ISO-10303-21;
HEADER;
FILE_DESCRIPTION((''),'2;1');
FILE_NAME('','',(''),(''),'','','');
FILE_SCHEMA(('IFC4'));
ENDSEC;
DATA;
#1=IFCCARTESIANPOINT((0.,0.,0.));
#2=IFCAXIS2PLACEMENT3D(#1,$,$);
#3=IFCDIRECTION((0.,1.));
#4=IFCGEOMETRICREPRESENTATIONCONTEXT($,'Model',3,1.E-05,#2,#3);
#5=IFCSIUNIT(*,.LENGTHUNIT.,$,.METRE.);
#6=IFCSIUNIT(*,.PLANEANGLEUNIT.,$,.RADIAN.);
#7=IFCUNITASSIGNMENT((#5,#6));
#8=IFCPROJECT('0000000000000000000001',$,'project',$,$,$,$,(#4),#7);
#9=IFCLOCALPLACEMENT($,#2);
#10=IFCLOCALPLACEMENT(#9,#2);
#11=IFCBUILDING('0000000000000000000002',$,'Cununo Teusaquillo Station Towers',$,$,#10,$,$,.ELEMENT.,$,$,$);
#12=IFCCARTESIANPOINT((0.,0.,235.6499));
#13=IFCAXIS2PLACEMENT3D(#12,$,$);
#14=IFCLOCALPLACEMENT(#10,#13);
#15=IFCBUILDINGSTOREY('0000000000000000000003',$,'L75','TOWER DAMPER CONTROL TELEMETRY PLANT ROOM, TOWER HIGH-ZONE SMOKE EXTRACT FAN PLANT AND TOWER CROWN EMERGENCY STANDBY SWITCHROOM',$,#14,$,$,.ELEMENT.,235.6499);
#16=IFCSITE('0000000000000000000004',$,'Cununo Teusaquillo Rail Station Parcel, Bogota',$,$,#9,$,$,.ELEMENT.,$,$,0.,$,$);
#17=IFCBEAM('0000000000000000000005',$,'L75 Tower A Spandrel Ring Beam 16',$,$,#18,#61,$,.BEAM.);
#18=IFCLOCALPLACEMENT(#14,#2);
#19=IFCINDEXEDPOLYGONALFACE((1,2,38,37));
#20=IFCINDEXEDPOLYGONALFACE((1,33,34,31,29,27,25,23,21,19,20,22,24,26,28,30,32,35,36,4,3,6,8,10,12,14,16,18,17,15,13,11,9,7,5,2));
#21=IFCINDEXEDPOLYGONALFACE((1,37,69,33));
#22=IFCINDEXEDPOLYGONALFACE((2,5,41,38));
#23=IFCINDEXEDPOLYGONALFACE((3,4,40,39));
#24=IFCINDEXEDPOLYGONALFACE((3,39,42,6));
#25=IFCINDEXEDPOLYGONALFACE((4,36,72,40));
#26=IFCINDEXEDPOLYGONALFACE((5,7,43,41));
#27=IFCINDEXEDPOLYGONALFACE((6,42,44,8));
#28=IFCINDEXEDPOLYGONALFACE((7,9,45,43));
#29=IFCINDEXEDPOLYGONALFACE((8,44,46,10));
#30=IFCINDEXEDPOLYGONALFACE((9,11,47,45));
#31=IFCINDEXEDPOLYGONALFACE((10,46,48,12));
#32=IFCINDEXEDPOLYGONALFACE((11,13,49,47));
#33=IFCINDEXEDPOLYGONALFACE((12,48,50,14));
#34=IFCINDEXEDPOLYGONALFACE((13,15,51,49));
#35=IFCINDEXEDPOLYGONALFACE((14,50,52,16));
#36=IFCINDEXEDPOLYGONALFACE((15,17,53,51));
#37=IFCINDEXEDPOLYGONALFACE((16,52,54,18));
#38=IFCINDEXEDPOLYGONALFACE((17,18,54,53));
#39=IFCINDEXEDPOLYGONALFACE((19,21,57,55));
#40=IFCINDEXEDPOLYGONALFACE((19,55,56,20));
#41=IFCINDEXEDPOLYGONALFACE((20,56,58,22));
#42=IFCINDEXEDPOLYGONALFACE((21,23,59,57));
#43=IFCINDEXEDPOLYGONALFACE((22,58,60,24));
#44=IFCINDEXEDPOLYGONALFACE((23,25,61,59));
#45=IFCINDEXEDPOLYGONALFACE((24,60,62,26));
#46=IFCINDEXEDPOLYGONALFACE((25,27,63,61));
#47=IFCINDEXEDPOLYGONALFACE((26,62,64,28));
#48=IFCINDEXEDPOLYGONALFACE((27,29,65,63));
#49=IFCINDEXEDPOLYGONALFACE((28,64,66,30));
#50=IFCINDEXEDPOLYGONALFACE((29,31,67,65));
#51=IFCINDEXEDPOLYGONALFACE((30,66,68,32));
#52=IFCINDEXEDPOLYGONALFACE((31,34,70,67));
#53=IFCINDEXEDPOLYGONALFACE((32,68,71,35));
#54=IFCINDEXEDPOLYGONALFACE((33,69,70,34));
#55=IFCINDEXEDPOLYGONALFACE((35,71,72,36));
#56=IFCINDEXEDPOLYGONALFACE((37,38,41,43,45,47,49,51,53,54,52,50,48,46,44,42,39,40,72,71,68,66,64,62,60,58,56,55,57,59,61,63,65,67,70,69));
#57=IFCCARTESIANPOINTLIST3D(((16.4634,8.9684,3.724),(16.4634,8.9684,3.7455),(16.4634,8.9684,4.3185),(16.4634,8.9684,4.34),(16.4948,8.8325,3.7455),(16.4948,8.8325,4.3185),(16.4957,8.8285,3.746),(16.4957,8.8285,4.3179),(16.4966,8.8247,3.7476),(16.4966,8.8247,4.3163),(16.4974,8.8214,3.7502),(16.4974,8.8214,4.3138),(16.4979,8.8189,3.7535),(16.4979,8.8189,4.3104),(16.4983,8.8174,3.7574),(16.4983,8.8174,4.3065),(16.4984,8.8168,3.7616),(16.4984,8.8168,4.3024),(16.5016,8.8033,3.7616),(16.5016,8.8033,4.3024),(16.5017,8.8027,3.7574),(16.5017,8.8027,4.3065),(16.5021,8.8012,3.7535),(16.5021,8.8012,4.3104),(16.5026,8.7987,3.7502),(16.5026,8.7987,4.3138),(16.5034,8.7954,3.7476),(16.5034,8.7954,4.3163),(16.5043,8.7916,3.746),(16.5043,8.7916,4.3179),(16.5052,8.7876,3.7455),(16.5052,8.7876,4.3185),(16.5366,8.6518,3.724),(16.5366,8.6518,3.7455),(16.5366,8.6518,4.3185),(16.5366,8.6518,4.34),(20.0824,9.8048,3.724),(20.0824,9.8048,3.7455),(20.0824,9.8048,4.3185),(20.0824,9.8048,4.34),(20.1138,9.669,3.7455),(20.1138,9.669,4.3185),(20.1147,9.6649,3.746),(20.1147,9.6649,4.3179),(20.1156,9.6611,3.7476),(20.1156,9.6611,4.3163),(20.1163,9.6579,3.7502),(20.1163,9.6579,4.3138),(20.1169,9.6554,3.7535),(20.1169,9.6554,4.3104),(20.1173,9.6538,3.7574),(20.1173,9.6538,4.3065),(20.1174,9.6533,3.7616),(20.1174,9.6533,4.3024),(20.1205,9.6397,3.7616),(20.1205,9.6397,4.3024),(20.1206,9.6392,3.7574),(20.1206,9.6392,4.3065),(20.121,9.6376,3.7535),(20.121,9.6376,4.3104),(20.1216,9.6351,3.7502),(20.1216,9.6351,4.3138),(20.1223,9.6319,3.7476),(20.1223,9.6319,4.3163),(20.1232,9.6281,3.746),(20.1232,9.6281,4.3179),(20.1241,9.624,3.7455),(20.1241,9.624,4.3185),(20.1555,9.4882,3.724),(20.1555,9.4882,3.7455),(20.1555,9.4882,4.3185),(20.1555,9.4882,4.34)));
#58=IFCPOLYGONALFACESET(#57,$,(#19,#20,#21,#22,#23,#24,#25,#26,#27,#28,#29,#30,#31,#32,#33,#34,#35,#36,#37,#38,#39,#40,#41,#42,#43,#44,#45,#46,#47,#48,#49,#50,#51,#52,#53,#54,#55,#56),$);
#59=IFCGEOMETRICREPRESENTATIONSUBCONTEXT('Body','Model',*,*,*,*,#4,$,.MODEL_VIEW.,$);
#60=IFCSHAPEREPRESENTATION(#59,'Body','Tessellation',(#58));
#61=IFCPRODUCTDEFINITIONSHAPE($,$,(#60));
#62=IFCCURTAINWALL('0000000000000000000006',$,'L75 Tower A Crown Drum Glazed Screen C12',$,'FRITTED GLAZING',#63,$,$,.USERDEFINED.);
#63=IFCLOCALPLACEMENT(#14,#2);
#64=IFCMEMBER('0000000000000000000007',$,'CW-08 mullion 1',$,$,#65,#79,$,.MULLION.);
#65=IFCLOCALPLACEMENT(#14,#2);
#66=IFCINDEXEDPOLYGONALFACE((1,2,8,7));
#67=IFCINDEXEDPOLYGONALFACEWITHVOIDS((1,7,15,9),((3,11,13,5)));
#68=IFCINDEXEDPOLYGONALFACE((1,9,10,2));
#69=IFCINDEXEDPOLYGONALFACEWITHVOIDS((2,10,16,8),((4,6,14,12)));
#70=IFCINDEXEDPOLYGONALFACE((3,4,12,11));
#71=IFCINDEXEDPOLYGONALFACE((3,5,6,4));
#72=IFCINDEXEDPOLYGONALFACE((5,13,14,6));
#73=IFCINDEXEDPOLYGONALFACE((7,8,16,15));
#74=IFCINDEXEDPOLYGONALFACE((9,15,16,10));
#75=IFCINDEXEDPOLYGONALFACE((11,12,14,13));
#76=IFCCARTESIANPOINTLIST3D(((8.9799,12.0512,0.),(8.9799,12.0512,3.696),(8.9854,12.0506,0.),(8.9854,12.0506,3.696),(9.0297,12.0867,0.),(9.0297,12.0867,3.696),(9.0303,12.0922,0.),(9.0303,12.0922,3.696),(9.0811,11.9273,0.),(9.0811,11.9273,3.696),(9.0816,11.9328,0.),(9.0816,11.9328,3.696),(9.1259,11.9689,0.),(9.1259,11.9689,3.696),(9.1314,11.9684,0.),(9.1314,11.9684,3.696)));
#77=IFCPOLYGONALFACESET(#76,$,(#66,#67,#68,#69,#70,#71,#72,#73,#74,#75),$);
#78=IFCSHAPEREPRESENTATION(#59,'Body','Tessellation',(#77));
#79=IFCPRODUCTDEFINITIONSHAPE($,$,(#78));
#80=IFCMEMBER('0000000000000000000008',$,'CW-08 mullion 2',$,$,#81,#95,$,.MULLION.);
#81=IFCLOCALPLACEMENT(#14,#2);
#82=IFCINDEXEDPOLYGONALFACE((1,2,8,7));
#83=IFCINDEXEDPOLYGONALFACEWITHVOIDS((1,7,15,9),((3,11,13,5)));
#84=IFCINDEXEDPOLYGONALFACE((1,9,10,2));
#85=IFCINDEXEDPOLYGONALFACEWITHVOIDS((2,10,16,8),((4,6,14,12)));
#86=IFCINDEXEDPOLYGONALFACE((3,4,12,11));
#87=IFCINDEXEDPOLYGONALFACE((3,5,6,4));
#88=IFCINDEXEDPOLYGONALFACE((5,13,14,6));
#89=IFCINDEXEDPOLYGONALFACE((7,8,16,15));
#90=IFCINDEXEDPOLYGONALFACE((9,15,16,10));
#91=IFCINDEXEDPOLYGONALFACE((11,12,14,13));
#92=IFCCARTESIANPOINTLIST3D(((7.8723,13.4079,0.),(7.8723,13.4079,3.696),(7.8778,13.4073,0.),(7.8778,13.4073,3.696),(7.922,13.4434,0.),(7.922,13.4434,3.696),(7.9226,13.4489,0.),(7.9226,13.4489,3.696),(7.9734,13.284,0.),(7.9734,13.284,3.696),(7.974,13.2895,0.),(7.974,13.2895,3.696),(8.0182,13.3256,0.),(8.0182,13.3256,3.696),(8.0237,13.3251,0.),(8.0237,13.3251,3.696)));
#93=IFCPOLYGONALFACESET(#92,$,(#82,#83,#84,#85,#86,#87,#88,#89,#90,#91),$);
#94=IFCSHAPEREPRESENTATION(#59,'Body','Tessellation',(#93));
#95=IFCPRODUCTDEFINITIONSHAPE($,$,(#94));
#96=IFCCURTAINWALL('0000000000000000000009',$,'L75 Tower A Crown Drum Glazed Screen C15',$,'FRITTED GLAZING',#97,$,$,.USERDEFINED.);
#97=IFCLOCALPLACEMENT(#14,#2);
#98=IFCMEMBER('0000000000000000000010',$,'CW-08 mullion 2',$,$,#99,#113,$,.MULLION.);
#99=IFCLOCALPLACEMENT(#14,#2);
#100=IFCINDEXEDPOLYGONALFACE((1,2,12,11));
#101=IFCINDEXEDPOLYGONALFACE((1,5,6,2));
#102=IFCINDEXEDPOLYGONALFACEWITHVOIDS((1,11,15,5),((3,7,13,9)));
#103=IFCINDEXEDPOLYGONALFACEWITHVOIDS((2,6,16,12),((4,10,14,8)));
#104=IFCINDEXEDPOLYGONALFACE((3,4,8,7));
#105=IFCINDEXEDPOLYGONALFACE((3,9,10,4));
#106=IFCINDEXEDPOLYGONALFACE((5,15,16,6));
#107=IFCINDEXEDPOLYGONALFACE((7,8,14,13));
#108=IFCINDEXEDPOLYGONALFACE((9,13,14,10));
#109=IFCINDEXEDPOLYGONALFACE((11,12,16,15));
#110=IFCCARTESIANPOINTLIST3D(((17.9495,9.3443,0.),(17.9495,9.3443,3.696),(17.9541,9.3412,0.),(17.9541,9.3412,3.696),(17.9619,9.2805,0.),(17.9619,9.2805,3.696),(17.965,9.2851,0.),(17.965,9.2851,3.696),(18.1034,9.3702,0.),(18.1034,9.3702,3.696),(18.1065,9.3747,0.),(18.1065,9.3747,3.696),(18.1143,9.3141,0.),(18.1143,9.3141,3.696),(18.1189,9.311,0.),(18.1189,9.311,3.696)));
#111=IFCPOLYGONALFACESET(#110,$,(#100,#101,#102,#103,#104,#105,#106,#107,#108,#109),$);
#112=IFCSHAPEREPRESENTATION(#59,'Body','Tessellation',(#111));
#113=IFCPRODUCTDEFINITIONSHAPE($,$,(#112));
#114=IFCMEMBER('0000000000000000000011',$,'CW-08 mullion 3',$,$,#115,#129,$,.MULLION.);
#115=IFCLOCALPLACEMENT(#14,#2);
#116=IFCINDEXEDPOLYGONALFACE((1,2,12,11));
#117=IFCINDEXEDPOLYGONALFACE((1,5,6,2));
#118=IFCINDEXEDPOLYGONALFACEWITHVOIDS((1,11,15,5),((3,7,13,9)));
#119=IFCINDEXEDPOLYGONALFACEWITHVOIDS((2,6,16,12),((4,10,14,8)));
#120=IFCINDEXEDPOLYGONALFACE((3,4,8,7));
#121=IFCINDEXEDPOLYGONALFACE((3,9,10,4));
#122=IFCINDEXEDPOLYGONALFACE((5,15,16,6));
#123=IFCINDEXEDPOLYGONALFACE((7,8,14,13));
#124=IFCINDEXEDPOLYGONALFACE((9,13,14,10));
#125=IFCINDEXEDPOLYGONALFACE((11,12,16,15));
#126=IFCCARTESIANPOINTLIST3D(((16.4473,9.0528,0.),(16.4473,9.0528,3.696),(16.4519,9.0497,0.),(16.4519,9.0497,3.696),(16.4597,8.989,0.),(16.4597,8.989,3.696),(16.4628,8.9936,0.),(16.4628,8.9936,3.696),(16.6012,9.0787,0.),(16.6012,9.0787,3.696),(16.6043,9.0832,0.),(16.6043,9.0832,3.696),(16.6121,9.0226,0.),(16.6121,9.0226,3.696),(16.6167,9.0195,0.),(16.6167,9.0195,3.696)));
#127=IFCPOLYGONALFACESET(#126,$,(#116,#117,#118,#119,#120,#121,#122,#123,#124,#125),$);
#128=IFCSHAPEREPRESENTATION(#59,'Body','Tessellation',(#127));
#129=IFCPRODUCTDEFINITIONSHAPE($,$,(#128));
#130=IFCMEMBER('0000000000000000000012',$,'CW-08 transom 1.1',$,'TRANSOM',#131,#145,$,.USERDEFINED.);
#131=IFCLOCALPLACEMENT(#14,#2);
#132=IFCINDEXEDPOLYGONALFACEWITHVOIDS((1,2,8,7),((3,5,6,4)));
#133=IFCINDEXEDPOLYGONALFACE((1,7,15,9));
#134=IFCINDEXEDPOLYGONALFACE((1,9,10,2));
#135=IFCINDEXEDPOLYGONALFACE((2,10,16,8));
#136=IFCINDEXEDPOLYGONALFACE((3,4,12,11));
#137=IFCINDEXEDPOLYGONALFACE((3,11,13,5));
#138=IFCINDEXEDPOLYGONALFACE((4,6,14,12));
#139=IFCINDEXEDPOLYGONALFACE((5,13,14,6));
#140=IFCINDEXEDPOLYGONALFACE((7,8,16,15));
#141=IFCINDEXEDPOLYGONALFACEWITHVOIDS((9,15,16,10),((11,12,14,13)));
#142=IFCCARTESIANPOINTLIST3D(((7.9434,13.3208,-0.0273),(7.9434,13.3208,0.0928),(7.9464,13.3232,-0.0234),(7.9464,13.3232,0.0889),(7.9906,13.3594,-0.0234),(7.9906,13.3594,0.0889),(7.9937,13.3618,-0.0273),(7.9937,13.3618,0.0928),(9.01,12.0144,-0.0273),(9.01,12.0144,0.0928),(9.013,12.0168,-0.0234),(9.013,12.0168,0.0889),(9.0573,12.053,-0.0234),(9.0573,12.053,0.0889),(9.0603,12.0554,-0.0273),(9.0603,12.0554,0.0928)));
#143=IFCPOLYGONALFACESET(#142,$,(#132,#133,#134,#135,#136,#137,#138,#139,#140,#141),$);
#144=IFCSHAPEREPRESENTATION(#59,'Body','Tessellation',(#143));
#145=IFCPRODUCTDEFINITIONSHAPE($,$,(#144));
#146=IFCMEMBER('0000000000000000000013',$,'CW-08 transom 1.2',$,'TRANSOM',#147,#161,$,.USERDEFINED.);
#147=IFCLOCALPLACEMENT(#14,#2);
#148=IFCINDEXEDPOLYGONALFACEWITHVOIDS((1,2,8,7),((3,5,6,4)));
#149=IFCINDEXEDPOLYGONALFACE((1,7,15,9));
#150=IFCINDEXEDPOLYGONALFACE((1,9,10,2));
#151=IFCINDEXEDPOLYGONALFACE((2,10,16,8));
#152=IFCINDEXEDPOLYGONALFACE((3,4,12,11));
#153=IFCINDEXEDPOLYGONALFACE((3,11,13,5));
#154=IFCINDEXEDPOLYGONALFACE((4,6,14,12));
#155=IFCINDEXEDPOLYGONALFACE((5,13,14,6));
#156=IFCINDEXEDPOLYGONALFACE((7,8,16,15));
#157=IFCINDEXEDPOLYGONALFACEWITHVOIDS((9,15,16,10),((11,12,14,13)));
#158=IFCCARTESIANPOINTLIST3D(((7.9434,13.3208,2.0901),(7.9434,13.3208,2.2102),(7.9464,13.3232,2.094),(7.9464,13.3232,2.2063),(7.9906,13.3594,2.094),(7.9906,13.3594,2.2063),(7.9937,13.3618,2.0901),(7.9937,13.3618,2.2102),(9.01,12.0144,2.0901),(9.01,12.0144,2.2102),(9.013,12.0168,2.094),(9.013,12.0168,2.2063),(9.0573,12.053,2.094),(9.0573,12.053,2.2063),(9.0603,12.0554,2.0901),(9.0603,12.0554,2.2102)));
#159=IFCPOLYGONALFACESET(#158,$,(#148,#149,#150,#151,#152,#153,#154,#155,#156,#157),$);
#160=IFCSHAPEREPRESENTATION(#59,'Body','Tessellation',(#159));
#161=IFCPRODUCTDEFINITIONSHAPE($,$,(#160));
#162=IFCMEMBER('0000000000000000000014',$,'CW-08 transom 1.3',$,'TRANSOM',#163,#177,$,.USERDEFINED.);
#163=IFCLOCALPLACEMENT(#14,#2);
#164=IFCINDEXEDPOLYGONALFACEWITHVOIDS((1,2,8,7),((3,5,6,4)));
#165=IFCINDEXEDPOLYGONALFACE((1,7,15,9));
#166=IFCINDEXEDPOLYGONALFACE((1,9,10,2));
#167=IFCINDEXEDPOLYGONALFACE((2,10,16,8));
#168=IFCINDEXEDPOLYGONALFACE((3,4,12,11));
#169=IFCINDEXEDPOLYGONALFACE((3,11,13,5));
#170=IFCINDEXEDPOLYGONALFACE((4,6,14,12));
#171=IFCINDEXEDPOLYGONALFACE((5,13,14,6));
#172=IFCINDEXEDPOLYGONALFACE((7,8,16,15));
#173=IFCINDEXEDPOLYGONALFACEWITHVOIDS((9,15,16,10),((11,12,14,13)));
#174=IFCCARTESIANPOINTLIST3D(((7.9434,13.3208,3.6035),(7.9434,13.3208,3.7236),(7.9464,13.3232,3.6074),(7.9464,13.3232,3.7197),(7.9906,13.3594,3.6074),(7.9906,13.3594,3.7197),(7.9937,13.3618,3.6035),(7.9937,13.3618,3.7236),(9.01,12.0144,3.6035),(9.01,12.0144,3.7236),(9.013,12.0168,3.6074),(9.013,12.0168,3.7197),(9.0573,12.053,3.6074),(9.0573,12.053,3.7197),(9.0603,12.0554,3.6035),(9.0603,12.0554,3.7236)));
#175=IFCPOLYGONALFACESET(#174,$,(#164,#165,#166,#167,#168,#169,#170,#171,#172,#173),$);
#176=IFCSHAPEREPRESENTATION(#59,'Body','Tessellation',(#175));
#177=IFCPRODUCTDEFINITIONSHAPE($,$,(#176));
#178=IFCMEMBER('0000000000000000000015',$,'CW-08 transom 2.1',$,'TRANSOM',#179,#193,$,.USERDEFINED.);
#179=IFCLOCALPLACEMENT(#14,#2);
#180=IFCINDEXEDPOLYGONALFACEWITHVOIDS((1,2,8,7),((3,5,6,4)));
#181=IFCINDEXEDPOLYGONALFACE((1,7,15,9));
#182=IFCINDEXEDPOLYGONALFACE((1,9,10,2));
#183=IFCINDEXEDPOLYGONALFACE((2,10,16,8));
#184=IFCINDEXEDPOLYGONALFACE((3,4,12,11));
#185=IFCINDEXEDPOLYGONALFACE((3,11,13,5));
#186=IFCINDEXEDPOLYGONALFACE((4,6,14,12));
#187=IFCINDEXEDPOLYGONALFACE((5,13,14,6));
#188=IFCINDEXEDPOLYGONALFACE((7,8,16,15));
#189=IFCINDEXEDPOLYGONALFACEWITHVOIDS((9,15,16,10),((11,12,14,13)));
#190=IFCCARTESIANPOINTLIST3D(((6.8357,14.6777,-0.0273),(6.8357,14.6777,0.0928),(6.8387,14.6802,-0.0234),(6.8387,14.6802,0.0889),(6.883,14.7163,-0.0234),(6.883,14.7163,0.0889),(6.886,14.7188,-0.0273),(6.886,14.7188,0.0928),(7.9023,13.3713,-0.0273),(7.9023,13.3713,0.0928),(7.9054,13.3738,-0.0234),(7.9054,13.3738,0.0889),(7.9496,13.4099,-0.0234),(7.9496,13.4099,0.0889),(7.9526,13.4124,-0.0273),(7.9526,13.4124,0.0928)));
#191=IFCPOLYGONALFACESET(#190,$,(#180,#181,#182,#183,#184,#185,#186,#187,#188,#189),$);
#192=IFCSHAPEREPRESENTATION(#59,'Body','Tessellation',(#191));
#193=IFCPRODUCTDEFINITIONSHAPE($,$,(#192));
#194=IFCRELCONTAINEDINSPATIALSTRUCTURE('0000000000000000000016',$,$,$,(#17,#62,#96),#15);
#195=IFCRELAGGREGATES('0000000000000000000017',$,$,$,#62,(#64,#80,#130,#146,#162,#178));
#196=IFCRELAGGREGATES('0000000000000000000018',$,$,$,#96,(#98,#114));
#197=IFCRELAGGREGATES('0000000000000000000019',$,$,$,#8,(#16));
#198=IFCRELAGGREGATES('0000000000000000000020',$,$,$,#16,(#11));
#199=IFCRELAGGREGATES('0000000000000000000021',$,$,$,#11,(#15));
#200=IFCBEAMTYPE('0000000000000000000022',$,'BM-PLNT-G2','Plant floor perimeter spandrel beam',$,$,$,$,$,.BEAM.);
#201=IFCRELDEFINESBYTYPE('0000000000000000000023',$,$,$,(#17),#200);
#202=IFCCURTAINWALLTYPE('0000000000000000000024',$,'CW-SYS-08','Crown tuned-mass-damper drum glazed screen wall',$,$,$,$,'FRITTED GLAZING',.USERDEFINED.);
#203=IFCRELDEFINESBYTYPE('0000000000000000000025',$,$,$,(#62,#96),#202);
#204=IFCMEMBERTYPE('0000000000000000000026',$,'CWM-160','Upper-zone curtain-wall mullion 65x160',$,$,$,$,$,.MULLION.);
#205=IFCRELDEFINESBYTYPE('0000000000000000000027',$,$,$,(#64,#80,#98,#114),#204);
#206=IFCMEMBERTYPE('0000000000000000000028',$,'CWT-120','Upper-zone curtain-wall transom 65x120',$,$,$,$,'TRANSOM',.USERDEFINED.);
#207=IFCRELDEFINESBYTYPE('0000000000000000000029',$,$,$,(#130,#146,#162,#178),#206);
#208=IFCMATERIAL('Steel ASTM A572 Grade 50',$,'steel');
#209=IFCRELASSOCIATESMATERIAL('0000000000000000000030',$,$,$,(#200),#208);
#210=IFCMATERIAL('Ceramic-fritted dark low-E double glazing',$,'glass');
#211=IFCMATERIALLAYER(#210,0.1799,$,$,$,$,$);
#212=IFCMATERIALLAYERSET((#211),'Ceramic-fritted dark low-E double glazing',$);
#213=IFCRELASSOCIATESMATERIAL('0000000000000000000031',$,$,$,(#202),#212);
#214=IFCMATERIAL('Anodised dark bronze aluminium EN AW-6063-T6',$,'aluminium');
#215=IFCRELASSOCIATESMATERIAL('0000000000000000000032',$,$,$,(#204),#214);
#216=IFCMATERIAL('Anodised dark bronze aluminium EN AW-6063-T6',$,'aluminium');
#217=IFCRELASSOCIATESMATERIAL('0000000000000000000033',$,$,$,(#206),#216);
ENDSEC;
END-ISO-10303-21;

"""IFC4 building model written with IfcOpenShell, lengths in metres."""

from ifc_helpers import new_model, si_unit, direction, frame, origin, origin_2d, place, context, subcontext, project, spatial, hollow_rectangle, i_section, extrude, material, layer, layer_set, material_profile, profile_set, type_object, element, aggregate, save


model = new_model("IFC4")

# Units and contexts
model_context = context("Model", 3, precision=1e-05, world=origin(), true_north=direction((0.0, 1.0)))
body_context = subcontext(model_context, "Body", "Model", "MODEL_VIEW")
ifc_project = project(units=[si_unit("LENGTHUNIT", "METRE"), si_unit("PLANEANGLEUNIT", "RADIAN")], contexts=[model_context])

# Site, building, storey
site_placement = place(None, origin())
site = spatial("IfcSite", under=ifc_project, at=site_placement, Name="Cununo Teusaquillo Rail Station Parcel, Bogota", CompositionType="ELEMENT", RefElevation=0.0)
building_placement = place(site_placement, origin())
building = spatial("IfcBuilding", under=site, at=building_placement, Name="Cununo Teusaquillo Station Towers", CompositionType="ELEMENT")
storey_placement = place(building_placement, frame((0.0, 0.0, 235.6499)))
storey = spatial("IfcBuildingStorey", under=building, at=storey_placement, Name="L75", Description="TOWER DAMPER CONTROL TELEMETRY PLANT ROOM, TOWER HIGH-ZONE SMOKE EXTRACT FAN PLANT AND TOWER CROWN EMERGENCY STANDBY SWITCHROOM", CompositionType="ELEMENT", Elevation=235.6499)

# Beam
ifc_material_1 = material(Name="Steel ASTM A572 Grade 50", Category="steel")
ifc_material_profile_1 = material_profile(ifc_material_1, i_section(OverallWidth=0.325, OverallDepth=0.616, WebThickness=0.0139, FlangeThickness=0.0215, FilletRadius=0.0161, at=origin_2d()), Name="W24X117")
ifc_profile_set_1 = profile_set([ifc_material_profile_1], Name="Steel ASTM A572 Grade 50")
beam_type = type_object("IfcBeamType", Name="BM-PLNT-G2", Description="Plant floor perimeter spandrel beam", PredefinedType="BEAM", material=ifc_profile_set_1)
for number, where, z_axis, x_axis, name in (
    (1, (16.5, 8.8101, 4.032), (0.974315, 0.225191, 0.0), (-0.225191, 0.974315, 0.0), "L75 Tower A Spandrel Ring Beam 16"),
):
    element("IfcBeam", number, at=place(storey_placement, frame(where, z_axis=z_axis, x_axis=x_axis)), inside=storey, type_object=beam_type, Name=name, PredefinedType="BEAM", context=body_context, shape_type="SweptSolid", body=[
        extrude(i_section(OverallWidth=0.325, OverallDepth=0.616, WebThickness=0.0139, FlangeThickness=0.0215, FilletRadius=0.0161, at=origin_2d()), origin(), (0.0, 0.0, 1.0), 3.7144),
    ])

# Curtain walls, members
ifc_material_2 = material(Name="Ceramic-fritted dark low-E double glazing", Category="glass")
ifc_layer_1 = layer(ifc_material_2, 0.1799)
ifc_layer_set_1 = layer_set([ifc_layer_1], Name="Ceramic-fritted dark low-E double glazing")
curtain_wall_type = type_object("IfcCurtainWallType", Name="CW-SYS-08", Description="Crown tuned-mass-damper drum glazed screen wall", ElementType="FRITTED GLAZING", PredefinedType="USERDEFINED", material=ifc_layer_set_1)
curtain_wall_1_placement = place(storey_placement, origin())
curtain_wall_1 = element("IfcCurtainWall", 2, at=curtain_wall_1_placement, inside=storey, type_object=curtain_wall_type, Name="L75 Tower A Crown Drum Glazed Screen C12", ObjectType="FRITTED GLAZING", PredefinedType="USERDEFINED")
ifc_material_3 = material(Name="Anodised dark bronze aluminium EN AW-6063-T6", Category="aluminium")
ifc_material_profile_2 = material_profile(ifc_material_3, hollow_rectangle(XDim=0.0649, YDim=0.1599, WallThickness=0.0039, at=origin_2d()), Name="CW-MULL-65x160")
ifc_profile_set_2 = profile_set([ifc_material_profile_2], Name="Anodised dark bronze aluminium EN AW-6063-T6")
member_type_1 = type_object("IfcMemberType", Name="CWM-160", Description="Upper-zone curtain-wall mullion 65x160", PredefinedType="MULLION", material=ifc_profile_set_2)
member_1_placement = place(storey_placement, frame((9.0557, 12.0098, 0.0), z_axis=(0.0, 0.0, 1.0), x_axis=(-0.774635, -0.632409, 0.0)))
member_1 = element("IfcMember", 3, at=member_1_placement, type_object=member_type_1, Name="CW-08 mullion 1", PredefinedType="MULLION", context=body_context, shape_type="SweptSolid", body=[
    extrude(hollow_rectangle(XDim=0.0649, YDim=0.1599, WallThickness=0.0039, at=origin_2d()), origin(), (0.0, 0.0, 1.0), 3.696),
])
member_2_placement = place(storey_placement, frame((7.948, 13.3665, 0.0), z_axis=(0.0, 0.0, 1.0), x_axis=(-0.774635, -0.632409, 0.0)))
member_2 = element("IfcMember", 4, at=member_2_placement, type_object=member_type_1, Name="CW-08 mullion 2", PredefinedType="MULLION", context=body_context, shape_type="SweptSolid", body=[
    extrude(hollow_rectangle(XDim=0.0649, YDim=0.1599, WallThickness=0.0039, at=origin_2d()), origin(), (0.0, 0.0, 1.0), 3.696),
])
curtain_wall_2_placement = place(storey_placement, origin())
curtain_wall_2 = element("IfcCurtainWall", 5, at=curtain_wall_2_placement, inside=storey, type_object=curtain_wall_type, Name="L75 Tower A Crown Drum Glazed Screen C15", ObjectType="FRITTED GLAZING", PredefinedType="USERDEFINED")
member_3_placement = place(storey_placement, frame((18.0342, 9.3276, 0.0), z_axis=(0.0, 0.0, 1.0), x_axis=(0.190453, -0.981696, 0.0)))
member_3 = element("IfcMember", 6, at=member_3_placement, type_object=member_type_1, Name="CW-08 mullion 2", PredefinedType="MULLION", context=body_context, shape_type="SweptSolid", body=[
    extrude(hollow_rectangle(XDim=0.0649, YDim=0.1599, WallThickness=0.0039, at=origin_2d()), origin(), (0.0, 0.0, 1.0), 3.696),
])
member_4_placement = place(storey_placement, frame((16.532, 9.0361, 0.0), z_axis=(0.0, 0.0, 1.0), x_axis=(0.190453, -0.981696, 0.0)))
member_4 = element("IfcMember", 7, at=member_4_placement, type_object=member_type_1, Name="CW-08 mullion 3", PredefinedType="MULLION", context=body_context, shape_type="SweptSolid", body=[
    extrude(hollow_rectangle(XDim=0.0649, YDim=0.1599, WallThickness=0.0039, at=origin_2d()), origin(), (0.0, 0.0, 1.0), 3.696),
])

# Members
ifc_material_4 = material(Name="Anodised dark bronze aluminium EN AW-6063-T6", Category="aluminium")
ifc_material_profile_3 = material_profile(ifc_material_4, hollow_rectangle(XDim=0.0649, YDim=0.1201, WallThickness=0.0039, at=origin_2d()), Name="CW-TRAN-65x120")
ifc_profile_set_3 = profile_set([ifc_material_profile_3], Name="Anodised dark bronze aluminium EN AW-6063-T6")
member_type_2 = type_object("IfcMemberType", Name="CWT-120", Description="Upper-zone curtain-wall transom 65x120", ElementType="TRANSOM", PredefinedType="USERDEFINED", material=ifc_profile_set_3)
member_5_placement = place(storey_placement, frame((9.0352, 12.0349, 0.0327), z_axis=(-0.632449, 0.774602, 0.0), x_axis=(-0.774602, -0.632449, 0.0)))
member_5 = element("IfcMember", 8, at=member_5_placement, type_object=member_type_2, Name="CW-08 transom 1.1", ObjectType="TRANSOM", PredefinedType="USERDEFINED", context=body_context, shape_type="SweptSolid", body=[
    extrude(hollow_rectangle(XDim=0.0649, YDim=0.1201, WallThickness=0.0039, at=origin_2d()), origin(), (0.0, 0.0, 1.0), 1.6865),
])
member_6_placement = place(storey_placement, frame((9.0352, 12.0349, 2.1501), z_axis=(-0.632449, 0.774602, 0.0), x_axis=(-0.774602, -0.632449, 0.0)))
member_6 = element("IfcMember", 9, at=member_6_placement, type_object=member_type_2, Name="CW-08 transom 1.2", ObjectType="TRANSOM", PredefinedType="USERDEFINED", context=body_context, shape_type="SweptSolid", body=[
    extrude(hollow_rectangle(XDim=0.0649, YDim=0.1201, WallThickness=0.0039, at=origin_2d()), origin(), (0.0, 0.0, 1.0), 1.6865),
])
member_7_placement = place(storey_placement, frame((9.0352, 12.0349, 3.6636), z_axis=(-0.632449, 0.774602, 0.0), x_axis=(-0.774602, -0.632449, 0.0)))
member_7 = element("IfcMember", 10, at=member_7_placement, type_object=member_type_2, Name="CW-08 transom 1.3", ObjectType="TRANSOM", PredefinedType="USERDEFINED", context=body_context, shape_type="SweptSolid", body=[
    extrude(hollow_rectangle(XDim=0.0649, YDim=0.1201, WallThickness=0.0039, at=origin_2d()), origin(), (0.0, 0.0, 1.0), 1.6865),
])
member_8_placement = place(storey_placement, frame((7.9275, 13.3918, 0.0327), z_axis=(-0.632449, 0.774602, 0.0), x_axis=(-0.774602, -0.632449, 0.0)))
member_8 = element("IfcMember", 11, at=member_8_placement, type_object=member_type_2, Name="CW-08 transom 2.1", ObjectType="TRANSOM", PredefinedType="USERDEFINED", context=body_context, shape_type="SweptSolid", body=[
    extrude(hollow_rectangle(XDim=0.0649, YDim=0.1201, WallThickness=0.0039, at=origin_2d()), origin(), (0.0, 0.0, 1.0), 1.6865),
])

aggregate(curtain_wall_1, [member_1, member_2, member_5, member_6, member_7, member_8])
aggregate(curtain_wall_2, [member_3, member_4])

save(model, "model.ifc")
